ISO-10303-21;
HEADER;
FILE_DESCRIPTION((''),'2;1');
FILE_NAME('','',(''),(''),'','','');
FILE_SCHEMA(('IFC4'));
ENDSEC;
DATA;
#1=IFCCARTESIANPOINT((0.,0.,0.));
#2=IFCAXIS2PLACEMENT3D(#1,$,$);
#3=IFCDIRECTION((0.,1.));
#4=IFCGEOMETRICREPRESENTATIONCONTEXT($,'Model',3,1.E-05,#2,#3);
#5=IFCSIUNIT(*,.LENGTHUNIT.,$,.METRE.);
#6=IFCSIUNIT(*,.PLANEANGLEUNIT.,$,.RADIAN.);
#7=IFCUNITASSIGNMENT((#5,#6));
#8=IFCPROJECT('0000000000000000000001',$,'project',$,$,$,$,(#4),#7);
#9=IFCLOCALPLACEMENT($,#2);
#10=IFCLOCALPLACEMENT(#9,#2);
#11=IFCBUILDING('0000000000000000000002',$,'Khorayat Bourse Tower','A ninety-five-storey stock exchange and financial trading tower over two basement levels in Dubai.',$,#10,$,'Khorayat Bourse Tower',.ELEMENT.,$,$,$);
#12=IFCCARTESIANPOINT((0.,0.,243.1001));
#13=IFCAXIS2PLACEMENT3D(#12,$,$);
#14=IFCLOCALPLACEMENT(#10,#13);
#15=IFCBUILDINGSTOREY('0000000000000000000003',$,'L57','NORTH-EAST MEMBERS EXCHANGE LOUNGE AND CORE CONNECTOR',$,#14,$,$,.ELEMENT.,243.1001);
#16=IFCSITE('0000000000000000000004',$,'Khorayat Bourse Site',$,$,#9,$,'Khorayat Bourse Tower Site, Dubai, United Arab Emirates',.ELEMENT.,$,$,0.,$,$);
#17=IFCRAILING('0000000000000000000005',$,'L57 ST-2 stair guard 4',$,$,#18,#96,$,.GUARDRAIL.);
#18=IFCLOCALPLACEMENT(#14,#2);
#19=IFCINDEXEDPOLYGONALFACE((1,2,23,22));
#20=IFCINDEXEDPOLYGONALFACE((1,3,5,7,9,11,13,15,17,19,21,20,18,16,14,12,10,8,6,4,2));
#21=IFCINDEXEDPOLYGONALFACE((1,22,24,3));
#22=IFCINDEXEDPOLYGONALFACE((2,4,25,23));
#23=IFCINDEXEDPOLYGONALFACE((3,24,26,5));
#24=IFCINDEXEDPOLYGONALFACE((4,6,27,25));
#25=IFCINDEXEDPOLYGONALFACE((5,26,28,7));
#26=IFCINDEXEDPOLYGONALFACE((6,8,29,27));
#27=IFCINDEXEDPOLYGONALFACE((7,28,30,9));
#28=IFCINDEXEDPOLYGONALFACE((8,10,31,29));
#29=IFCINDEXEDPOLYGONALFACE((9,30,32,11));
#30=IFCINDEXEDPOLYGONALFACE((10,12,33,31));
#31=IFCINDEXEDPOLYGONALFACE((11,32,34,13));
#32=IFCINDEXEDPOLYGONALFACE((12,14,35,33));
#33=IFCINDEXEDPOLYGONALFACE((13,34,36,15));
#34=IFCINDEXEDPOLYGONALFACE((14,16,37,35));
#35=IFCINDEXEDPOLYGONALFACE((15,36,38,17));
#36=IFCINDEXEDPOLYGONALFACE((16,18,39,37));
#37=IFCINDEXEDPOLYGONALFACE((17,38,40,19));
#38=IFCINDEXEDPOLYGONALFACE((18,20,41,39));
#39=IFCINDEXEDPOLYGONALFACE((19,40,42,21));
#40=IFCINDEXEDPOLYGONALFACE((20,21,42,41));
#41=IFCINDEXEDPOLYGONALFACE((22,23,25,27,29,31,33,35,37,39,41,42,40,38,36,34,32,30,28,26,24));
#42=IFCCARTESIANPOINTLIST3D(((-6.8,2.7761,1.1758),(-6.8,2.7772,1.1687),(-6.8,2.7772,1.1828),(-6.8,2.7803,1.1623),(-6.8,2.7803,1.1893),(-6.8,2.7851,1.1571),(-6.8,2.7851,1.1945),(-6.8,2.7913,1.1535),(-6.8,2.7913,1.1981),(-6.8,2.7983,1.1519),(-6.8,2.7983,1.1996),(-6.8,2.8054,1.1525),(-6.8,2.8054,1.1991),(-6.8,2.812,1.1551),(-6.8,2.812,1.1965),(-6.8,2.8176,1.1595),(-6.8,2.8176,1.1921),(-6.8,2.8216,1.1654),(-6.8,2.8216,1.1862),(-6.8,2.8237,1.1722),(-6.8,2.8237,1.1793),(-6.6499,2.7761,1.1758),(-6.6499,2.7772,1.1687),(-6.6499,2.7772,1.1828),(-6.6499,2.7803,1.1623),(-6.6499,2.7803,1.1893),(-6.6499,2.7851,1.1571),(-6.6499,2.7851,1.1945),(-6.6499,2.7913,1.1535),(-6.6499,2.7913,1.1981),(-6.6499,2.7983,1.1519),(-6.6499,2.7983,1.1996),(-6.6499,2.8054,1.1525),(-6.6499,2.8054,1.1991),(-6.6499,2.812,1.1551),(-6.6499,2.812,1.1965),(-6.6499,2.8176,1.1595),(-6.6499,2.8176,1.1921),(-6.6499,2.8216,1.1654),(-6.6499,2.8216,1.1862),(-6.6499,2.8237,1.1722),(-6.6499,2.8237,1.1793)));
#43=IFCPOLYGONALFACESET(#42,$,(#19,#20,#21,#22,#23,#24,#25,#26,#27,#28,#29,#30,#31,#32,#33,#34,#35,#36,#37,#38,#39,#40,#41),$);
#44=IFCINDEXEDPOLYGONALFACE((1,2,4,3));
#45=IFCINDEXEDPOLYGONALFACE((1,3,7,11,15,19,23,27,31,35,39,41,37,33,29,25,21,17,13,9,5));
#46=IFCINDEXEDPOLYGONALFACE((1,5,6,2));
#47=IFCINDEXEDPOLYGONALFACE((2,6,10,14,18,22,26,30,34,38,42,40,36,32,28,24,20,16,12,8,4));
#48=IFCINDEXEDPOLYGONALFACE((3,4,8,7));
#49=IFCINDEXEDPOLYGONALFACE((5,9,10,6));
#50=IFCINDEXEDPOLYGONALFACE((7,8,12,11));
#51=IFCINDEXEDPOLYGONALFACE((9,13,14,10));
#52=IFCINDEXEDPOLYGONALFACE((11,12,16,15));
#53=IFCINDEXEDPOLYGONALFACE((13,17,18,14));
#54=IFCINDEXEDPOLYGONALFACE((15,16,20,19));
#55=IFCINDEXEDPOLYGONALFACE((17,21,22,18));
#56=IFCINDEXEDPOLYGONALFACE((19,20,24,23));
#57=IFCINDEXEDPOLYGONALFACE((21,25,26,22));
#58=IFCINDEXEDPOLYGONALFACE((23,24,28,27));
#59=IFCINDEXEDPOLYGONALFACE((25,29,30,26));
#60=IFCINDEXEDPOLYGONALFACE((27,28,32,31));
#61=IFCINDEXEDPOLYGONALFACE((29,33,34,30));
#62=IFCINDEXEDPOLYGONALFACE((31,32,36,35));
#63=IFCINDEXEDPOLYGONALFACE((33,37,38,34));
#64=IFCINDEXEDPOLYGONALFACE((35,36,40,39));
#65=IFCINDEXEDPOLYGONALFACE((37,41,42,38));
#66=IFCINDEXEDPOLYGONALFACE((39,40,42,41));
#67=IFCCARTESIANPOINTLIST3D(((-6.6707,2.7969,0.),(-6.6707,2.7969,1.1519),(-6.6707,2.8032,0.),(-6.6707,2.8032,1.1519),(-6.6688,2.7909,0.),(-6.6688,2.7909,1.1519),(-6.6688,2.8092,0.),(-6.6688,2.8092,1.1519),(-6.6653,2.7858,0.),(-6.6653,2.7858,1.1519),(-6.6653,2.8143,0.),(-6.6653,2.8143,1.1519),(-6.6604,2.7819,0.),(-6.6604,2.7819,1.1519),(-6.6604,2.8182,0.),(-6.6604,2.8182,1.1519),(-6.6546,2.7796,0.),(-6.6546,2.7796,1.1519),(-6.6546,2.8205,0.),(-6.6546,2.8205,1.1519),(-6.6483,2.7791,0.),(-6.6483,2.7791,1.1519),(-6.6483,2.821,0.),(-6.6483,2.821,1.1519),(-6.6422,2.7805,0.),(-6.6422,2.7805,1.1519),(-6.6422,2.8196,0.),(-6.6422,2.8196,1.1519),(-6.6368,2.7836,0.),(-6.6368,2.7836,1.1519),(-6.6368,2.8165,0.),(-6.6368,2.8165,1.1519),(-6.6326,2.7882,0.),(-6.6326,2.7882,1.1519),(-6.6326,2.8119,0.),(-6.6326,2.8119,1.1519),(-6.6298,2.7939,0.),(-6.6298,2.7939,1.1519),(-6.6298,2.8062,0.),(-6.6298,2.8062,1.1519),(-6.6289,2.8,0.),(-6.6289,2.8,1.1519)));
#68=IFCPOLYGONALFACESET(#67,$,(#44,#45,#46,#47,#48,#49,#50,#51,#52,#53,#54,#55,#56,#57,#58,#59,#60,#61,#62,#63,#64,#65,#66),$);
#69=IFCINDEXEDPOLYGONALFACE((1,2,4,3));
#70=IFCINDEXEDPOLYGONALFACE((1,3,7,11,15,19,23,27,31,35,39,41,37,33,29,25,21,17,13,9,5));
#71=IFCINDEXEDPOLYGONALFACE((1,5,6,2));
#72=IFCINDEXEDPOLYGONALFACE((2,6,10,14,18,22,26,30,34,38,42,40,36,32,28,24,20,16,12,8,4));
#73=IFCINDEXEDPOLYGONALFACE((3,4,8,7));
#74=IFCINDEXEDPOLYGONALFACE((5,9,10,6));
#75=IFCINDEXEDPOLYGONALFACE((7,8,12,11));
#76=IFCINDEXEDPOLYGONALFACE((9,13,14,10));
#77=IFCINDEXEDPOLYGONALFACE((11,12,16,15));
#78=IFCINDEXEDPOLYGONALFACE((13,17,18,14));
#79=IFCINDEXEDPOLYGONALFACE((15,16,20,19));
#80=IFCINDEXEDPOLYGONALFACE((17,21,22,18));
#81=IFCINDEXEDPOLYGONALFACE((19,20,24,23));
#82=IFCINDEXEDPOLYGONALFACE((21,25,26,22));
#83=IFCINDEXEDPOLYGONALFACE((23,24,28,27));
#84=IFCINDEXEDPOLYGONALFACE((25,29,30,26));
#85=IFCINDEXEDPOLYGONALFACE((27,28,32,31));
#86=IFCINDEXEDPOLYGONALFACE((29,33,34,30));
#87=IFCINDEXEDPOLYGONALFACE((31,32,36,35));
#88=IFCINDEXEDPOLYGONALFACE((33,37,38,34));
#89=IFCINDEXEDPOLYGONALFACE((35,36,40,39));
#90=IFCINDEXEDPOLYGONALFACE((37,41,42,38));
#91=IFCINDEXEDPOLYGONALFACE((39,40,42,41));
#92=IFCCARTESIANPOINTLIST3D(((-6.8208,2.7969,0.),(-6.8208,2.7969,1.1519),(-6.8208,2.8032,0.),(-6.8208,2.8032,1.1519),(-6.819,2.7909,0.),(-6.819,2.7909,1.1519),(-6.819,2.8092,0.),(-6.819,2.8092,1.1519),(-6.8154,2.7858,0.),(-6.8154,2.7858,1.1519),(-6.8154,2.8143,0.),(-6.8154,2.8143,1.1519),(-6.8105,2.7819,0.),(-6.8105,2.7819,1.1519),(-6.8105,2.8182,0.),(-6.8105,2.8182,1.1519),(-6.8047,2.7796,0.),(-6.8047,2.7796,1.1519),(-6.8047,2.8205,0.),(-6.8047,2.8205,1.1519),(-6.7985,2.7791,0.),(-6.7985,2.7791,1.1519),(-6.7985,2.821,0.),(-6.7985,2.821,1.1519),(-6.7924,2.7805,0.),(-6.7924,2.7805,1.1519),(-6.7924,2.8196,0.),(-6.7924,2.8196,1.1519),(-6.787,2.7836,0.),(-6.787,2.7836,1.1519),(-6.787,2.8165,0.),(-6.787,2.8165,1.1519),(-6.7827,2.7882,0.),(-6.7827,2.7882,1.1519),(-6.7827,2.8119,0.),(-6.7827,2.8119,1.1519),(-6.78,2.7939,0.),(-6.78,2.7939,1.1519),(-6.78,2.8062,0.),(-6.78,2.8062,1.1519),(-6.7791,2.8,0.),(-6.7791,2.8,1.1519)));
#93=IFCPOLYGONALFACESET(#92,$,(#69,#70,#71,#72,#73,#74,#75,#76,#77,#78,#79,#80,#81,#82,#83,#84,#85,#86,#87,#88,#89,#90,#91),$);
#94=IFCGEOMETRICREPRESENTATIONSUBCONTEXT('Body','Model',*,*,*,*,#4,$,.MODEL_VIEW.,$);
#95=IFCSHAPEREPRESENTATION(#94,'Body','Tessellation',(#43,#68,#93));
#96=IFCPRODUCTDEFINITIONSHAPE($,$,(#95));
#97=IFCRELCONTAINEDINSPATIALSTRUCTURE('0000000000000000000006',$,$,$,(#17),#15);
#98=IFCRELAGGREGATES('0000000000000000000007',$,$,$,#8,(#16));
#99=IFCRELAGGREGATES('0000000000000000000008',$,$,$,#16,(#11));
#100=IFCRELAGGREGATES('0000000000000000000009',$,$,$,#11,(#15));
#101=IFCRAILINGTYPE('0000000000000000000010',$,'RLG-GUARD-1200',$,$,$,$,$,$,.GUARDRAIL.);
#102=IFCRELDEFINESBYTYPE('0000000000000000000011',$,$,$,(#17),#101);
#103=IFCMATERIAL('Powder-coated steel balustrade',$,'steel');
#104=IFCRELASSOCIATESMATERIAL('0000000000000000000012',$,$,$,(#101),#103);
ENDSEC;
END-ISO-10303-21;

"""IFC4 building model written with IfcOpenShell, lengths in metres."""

from ifc_helpers import new_model, si_unit, direction, frame, origin, origin_2d, place, context, subcontext, project, spatial, circle, extrude, source, transform, mapped, material, type_object, element, save


model = new_model("IFC4")

# Units and contexts
model_context = context("Model", 3, precision=1e-05, world=origin(), true_north=direction((0.0, 1.0)))
body_context = subcontext(model_context, "Body", "Model", "MODEL_VIEW")
ifc_project = project(units=[si_unit("LENGTHUNIT", "METRE"), si_unit("PLANEANGLEUNIT", "RADIAN")], contexts=[model_context])

# Site, building, storey
site_placement = place(None, origin())
site = spatial("IfcSite", under=ifc_project, at=site_placement, Name="Khorayat Bourse Site", LongName="Khorayat Bourse Tower Site, Dubai, United Arab Emirates", CompositionType="ELEMENT", RefElevation=0.0)
building_placement = place(site_placement, origin())
building = spatial("IfcBuilding", under=site, at=building_placement, Name="Khorayat Bourse Tower", Description="A ninety-five-storey stock exchange and financial trading tower over two basement levels in Dubai.", LongName="Khorayat Bourse Tower", CompositionType="ELEMENT")
storey_placement = place(building_placement, frame((0.0, 0.0, 243.1001)))
storey = spatial("IfcBuildingStorey", under=building, at=storey_placement, Name="L57", Description="NORTH-EAST MEMBERS EXCHANGE LOUNGE AND CORE CONNECTOR", CompositionType="ELEMENT", Elevation=243.1001)

# Railing
ifc_material_1 = material(Name="Powder-coated steel balustrade", Category="steel")
railing_type_1 = type_object("IfcRailingType", Name="RLG-GUARD-1200", PredefinedType="GUARDRAIL", material=ifc_material_1)
shared_shape_1 = source(origin(), body_context, "Body", "SweptSolid", [
    extrude(circle(Radius=0.0239, at=origin_2d()), frame((0.0, 0.0, 1.1758), z_axis=(-1.0, 0.0, 0.0), x_axis=(0.0, -1.0, 0.0)), (0.0, 0.0, 1.0), 0.1501),
    extrude(circle(Radius=0.021, at=origin_2d()), origin(), (0.0, 0.0, 1.0), 1.1519),
    extrude(circle(Radius=0.021, at=origin_2d()), frame((-0.1501, 0.0, 0.0)), (0.0, 0.0, 1.0), 1.1519),
])
for number, where, name in (
    (1, (-6.6499, 2.8, 0.0), "L57 ST-2 stair guard 4"),
):
    element("IfcRailing", number, at=place(storey_placement, frame(where)), inside=storey, type_object=railing_type_1, Name=name, PredefinedType="GUARDRAIL", context=body_context, shape_type="MappedRepresentation", body=[
        mapped(shared_shape_1, transform((0.0, 0.0, 0.0), scale=1.0)),
    ])

save(model, "model.ifc")
